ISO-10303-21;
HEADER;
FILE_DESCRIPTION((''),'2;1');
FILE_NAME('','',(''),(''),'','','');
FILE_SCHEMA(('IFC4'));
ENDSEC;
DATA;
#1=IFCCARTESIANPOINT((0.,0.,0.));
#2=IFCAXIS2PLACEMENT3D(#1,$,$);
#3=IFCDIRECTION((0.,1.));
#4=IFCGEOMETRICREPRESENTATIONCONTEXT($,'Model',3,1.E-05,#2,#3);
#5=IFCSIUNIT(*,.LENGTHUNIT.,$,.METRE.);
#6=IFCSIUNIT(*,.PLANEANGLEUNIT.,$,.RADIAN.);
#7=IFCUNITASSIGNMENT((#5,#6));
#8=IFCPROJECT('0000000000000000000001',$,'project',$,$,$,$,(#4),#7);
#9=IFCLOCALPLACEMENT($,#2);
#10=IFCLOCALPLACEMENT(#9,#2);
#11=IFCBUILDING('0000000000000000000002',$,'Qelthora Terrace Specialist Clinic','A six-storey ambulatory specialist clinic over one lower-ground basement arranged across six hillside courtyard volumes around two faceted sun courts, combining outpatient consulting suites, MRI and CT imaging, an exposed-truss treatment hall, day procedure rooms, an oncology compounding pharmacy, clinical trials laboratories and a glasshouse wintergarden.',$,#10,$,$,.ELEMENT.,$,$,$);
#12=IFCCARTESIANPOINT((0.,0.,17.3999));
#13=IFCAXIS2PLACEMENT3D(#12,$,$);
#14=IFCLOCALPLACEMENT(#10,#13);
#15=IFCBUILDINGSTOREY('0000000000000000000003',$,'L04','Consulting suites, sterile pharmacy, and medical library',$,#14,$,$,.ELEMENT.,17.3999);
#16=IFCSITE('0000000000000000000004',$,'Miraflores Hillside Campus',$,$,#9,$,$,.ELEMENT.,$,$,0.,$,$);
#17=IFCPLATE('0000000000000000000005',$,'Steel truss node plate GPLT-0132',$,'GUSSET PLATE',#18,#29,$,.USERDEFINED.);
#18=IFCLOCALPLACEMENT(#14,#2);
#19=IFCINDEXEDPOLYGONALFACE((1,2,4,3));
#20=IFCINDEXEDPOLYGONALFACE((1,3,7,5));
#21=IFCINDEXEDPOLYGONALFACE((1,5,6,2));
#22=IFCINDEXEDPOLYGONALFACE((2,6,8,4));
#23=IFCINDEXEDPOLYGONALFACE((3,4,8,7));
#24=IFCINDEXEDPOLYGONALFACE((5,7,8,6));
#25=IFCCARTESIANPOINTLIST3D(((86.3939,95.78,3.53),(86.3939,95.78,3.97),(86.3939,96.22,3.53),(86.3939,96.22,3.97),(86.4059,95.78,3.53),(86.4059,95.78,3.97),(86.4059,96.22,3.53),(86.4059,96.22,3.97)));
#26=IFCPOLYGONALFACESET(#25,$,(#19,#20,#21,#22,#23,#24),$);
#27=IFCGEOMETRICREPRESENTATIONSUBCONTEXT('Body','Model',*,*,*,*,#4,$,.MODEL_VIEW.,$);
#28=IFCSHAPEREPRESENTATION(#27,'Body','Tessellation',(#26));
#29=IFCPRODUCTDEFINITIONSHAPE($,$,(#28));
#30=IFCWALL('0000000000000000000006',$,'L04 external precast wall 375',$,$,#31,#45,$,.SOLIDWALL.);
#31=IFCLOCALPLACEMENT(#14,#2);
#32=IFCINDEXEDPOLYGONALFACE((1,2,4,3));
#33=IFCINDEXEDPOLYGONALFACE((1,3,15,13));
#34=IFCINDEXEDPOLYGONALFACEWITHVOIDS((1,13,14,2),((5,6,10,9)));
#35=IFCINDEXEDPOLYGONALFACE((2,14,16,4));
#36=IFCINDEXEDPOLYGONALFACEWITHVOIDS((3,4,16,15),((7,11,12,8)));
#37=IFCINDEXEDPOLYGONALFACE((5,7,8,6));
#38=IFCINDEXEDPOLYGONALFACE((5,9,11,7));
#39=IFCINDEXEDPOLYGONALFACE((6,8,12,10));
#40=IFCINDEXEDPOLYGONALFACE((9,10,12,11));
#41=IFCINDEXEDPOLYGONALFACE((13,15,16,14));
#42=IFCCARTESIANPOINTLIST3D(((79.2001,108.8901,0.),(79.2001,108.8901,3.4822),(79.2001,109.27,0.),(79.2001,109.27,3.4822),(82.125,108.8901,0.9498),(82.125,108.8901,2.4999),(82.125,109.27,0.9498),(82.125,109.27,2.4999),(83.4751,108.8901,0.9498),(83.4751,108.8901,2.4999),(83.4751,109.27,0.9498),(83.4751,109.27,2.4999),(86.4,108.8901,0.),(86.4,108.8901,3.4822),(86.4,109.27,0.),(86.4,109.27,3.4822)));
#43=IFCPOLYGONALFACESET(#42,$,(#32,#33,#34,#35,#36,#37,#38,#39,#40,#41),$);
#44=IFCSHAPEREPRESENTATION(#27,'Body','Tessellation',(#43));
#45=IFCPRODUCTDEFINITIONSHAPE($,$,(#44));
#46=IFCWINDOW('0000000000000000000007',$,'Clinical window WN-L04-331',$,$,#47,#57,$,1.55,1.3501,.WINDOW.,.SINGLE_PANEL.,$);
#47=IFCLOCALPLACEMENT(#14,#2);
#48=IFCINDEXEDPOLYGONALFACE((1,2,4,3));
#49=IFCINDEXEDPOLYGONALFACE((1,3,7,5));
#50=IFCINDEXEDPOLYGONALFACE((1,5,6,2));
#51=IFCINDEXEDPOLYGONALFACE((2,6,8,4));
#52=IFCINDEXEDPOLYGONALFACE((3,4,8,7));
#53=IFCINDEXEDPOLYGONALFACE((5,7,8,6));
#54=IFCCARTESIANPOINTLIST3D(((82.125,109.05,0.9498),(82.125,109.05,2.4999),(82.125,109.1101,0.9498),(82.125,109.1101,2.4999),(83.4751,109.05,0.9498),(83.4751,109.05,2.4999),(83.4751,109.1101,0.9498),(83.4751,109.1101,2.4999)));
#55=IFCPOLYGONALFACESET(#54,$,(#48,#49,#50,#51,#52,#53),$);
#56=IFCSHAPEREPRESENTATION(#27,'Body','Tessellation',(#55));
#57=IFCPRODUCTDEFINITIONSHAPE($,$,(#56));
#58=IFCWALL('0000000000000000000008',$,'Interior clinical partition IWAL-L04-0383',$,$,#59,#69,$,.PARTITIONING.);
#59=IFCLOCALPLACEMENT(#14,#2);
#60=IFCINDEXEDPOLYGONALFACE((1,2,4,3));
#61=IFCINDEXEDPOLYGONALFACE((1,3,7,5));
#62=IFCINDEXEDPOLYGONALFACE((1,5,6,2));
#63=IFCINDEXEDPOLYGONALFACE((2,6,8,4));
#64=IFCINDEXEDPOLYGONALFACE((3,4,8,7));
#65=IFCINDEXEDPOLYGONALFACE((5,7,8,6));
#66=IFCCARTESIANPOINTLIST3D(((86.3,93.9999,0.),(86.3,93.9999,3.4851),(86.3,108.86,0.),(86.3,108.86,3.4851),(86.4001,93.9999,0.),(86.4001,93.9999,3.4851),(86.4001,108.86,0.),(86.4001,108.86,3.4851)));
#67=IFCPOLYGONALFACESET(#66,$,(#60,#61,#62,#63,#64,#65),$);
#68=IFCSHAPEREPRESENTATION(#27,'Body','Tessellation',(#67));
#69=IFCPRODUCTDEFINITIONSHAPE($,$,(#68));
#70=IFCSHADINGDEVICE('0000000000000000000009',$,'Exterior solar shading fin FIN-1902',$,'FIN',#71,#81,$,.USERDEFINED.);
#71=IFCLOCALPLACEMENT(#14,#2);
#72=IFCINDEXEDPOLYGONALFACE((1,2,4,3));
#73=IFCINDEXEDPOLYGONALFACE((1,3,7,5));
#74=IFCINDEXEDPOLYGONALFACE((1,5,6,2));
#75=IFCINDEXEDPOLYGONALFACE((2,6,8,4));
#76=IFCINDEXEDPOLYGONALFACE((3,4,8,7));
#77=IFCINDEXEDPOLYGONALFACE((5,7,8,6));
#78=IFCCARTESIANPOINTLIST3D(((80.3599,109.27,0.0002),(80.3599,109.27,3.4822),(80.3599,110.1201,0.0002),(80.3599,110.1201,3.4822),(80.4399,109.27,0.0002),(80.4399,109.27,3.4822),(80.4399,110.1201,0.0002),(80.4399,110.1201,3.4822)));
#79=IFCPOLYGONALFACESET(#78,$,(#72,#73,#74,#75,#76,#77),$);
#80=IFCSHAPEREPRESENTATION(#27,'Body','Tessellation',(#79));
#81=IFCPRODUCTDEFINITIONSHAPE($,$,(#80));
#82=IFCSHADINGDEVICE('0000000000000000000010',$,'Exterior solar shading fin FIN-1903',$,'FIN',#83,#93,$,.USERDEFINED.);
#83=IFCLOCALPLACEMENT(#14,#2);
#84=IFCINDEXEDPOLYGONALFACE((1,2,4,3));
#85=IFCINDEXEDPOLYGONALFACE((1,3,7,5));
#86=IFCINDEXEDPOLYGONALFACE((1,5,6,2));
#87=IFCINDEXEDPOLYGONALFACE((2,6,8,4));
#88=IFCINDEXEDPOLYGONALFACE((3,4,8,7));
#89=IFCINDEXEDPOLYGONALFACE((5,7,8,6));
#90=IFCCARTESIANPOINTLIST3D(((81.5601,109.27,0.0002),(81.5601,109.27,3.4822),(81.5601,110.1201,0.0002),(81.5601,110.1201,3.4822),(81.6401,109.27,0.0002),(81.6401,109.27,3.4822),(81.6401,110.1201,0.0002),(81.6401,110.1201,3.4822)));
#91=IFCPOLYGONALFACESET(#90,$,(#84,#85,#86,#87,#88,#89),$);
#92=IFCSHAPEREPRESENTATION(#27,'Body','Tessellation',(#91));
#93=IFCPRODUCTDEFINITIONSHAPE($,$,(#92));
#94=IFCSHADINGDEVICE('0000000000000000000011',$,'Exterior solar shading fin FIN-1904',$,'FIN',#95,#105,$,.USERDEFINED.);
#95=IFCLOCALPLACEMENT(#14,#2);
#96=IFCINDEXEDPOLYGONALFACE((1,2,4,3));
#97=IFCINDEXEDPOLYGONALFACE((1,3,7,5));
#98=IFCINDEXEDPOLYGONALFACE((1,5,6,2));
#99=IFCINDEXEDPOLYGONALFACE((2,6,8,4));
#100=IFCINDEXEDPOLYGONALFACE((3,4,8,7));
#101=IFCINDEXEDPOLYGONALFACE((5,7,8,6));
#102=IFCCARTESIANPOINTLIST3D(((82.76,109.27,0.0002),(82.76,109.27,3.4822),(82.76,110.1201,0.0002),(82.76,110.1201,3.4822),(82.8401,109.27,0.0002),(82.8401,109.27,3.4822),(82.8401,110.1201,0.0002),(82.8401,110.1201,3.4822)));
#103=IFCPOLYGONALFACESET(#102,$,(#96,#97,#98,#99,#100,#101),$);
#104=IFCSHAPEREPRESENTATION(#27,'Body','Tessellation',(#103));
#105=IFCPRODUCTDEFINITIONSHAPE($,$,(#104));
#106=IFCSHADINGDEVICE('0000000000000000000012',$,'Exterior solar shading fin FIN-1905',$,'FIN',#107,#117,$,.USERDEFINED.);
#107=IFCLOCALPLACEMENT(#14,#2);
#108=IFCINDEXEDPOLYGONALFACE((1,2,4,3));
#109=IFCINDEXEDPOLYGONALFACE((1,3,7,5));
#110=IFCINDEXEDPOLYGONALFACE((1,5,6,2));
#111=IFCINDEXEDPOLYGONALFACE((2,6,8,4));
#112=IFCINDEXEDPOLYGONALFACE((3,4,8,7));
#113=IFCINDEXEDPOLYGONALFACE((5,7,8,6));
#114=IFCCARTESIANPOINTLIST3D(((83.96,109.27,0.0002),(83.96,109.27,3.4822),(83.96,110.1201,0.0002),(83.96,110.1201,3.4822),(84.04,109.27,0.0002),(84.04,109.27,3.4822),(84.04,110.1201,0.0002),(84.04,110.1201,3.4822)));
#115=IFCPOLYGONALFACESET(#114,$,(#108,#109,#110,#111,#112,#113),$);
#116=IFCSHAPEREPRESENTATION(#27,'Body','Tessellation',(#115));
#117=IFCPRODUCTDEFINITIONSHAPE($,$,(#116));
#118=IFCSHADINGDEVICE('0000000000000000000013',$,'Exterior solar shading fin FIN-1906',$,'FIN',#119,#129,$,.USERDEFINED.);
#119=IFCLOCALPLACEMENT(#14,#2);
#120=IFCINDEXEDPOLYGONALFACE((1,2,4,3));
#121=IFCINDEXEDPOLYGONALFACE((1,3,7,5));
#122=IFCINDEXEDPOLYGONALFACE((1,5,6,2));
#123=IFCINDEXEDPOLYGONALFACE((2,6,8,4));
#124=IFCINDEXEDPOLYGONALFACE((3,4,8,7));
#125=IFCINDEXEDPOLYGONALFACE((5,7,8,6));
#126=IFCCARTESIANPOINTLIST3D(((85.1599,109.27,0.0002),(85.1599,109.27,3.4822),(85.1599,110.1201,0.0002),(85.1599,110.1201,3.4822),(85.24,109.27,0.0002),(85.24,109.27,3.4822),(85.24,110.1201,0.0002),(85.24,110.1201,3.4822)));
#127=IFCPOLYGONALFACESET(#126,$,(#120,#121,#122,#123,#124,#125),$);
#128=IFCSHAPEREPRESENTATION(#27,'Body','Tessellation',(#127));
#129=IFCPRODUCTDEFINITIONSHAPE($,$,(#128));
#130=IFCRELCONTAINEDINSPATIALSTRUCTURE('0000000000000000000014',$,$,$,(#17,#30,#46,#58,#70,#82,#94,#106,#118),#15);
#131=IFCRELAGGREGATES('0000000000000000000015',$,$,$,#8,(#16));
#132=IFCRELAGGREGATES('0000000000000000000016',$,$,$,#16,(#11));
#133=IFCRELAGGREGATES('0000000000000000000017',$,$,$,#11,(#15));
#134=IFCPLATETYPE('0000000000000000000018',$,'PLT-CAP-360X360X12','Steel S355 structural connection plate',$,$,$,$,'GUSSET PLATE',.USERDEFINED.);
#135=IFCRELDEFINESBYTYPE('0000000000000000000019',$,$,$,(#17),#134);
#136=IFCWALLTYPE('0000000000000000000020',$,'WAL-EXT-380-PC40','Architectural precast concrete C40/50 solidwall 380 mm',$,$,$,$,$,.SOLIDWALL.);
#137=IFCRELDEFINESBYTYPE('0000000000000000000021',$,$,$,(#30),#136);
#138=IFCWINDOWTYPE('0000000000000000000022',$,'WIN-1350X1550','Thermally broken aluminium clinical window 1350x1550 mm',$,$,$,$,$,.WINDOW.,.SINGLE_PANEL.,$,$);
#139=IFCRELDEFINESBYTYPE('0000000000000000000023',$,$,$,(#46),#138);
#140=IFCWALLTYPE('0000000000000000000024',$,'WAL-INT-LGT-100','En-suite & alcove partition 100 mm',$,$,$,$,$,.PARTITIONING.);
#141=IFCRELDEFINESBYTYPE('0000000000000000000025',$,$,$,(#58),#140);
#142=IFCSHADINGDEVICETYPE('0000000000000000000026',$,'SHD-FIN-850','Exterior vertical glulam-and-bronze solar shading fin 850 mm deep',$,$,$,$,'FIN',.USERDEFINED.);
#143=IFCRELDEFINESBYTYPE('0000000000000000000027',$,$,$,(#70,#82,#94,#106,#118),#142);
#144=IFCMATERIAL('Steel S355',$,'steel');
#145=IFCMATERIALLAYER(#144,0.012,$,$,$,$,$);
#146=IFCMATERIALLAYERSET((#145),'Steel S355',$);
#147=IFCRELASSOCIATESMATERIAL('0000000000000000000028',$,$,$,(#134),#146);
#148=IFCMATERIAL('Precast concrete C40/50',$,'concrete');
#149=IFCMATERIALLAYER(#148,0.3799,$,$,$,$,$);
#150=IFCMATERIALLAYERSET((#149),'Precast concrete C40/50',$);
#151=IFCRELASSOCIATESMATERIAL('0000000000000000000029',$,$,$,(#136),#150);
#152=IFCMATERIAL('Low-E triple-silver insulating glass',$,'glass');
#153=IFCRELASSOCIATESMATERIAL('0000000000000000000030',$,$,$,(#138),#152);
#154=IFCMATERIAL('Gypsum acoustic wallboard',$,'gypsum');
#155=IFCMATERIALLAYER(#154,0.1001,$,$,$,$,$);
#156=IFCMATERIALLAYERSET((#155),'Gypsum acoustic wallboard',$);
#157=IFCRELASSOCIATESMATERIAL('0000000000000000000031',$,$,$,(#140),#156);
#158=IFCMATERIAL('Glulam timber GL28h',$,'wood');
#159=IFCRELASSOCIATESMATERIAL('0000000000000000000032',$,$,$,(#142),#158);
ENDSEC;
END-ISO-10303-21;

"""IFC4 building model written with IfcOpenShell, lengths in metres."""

from ifc_helpers import new_model, si_unit, direction, frame, frame_2d, origin, origin_2d, place, context, subcontext, project, spatial, rectangle, extrude, material, layer, layer_set, type_object, element, fill, save


model = new_model("IFC4")

# Units and contexts
model_context = context("Model", 3, precision=1e-05, world=origin(), true_north=direction((0.0, 1.0)))
body_context = subcontext(model_context, "Body", "Model", "MODEL_VIEW")
ifc_project = project(units=[si_unit("LENGTHUNIT", "METRE"), si_unit("PLANEANGLEUNIT", "RADIAN")], contexts=[model_context])

# Site, building, storey
site_placement = place(None, origin())
site = spatial("IfcSite", under=ifc_project, at=site_placement, Name="Miraflores Hillside Campus", CompositionType="ELEMENT", RefElevation=0.0)
building_placement = place(site_placement, origin())
building = spatial("IfcBuilding", under=site, at=building_placement, Name="Qelthora Terrace Specialist Clinic", Description="A six-storey ambulatory specialist clinic over one lower-ground basement arranged across six hillside courtyard volumes around two faceted sun courts, combining outpatient consulting suites, MRI and CT imaging, an exposed-truss treatment hall, day procedure rooms, an oncology compounding pharmacy, clinical trials laboratories and a glasshouse wintergarden.", CompositionType="ELEMENT")
storey_placement = place(building_placement, frame((0.0, 0.0, 17.3999)))
storey = spatial("IfcBuildingStorey", under=building, at=storey_placement, Name="L04", Description="Consulting suites, sterile pharmacy, and medical library", CompositionType="ELEMENT", Elevation=17.3999)

# Shared definitions
ifc_material_1 = material(Name="Steel S355", Category="steel")

# Plate
ifc_layer_1 = layer(ifc_material_1, 0.012)
ifc_layer_set_1 = layer_set([ifc_layer_1], Name="Steel S355")
plate_type = type_object("IfcPlateType", Name="PLT-CAP-360X360X12", Description="Steel S355 structural connection plate", ElementType="GUSSET PLATE", PredefinedType="USERDEFINED", material=ifc_layer_set_1)
for number, where, z_axis, x_axis, name in (
    (1, (86.3999, 96.0, 3.53), (0.0, 0.0, 1.0), (1.0, 0.0, 0.0), "Steel truss node plate GPLT-0132"),
):
    element("IfcPlate", number, at=place(storey_placement, frame(where, z_axis=z_axis, x_axis=x_axis)), inside=storey, type_object=plate_type, Name=name, ObjectType="GUSSET PLATE", PredefinedType="USERDEFINED", context=body_context, shape_type="SweptSolid", body=[
        extrude(rectangle(XDim=0.012, YDim=0.4399, at=origin_2d()), origin(), (0.0, 0.0, 1.0), 0.4399),
    ])

# Wall, opening, window
ifc_material_2 = material(Name="Precast concrete C40/50", Category="concrete")
ifc_layer_2 = layer(ifc_material_2, 0.3799)
ifc_layer_set_2 = layer_set([ifc_layer_2], Name="Precast concrete C40/50")
wall_type_1 = type_object("IfcWallType", Name="WAL-EXT-380-PC40", Description="Architectural precast concrete C40/50 solidwall 380 mm", PredefinedType="SOLIDWALL", material=ifc_layer_set_2)
wall_1_placement = place(storey_placement, frame((79.2, 109.0801, 0.0), z_axis=(0.0, 0.0, 1.0), x_axis=(1.0, 0.0, 0.0)))
wall_1 = element("IfcWall", 2, at=wall_1_placement, inside=storey, type_object=wall_type_1, Name="L04 external precast wall 375", PredefinedType="SOLIDWALL", context=body_context, shape_type="SweptSolid", body=[
    extrude(rectangle(XDim=7.2, YDim=0.3799, at=frame_2d((3.6001, 0.0))), origin(), (0.0, 0.0, 1.0), 3.4822),
])
opening_placement = place(wall_1_placement, frame((2.925, 0.0, 0.95)))
opening = element("IfcOpeningElement", 3, at=opening_placement, cuts=wall_1, PredefinedType="OPENING", context=body_context, shape_type="SweptSolid", body=[
    extrude(rectangle(XDim=1.3501, YDim=1.55, at=frame_2d((0.675, 0.7749))), frame((0.0, 0.2, 0.0), z_axis=(0.0, -1.0, 0.0), x_axis=(1.0, 0.0, 0.0)), (0.0, 0.0, 1.0), 0.3999),
])
ifc_material_3 = material(Name="Low-E triple-silver insulating glass", Category="glass")
window_type = type_object("IfcWindowType", Name="WIN-1350X1550", Description="Thermally broken aluminium clinical window 1350x1550 mm", PartitioningType="SINGLE_PANEL", PredefinedType="WINDOW", material=ifc_material_3)
window_placement = place(opening_placement, origin())
window = element("IfcWindow", 4, at=window_placement, inside=storey, type_object=window_type, Name="Clinical window WN-L04-331", OverallHeight=1.55, OverallWidth=1.3501, PartitioningType="SINGLE_PANEL", PredefinedType="WINDOW", context=body_context, shape_type="SweptSolid", body=[
    extrude(rectangle(XDim=1.3501, YDim=1.55, at=frame_2d((0.675, 0.7749))), frame((0.0, 0.03, 0.0), z_axis=(0.0, -1.0, 0.0), x_axis=(1.0, 0.0, 0.0)), (0.0, 0.0, 1.0), 0.0601),
])
fill(opening, window)

# Wall
ifc_material_4 = material(Name="Gypsum acoustic wallboard", Category="gypsum")
ifc_layer_3 = layer(ifc_material_4, 0.1001)
ifc_layer_set_3 = layer_set([ifc_layer_3], Name="Gypsum acoustic wallboard")
wall_type_2 = type_object("IfcWallType", Name="WAL-INT-LGT-100", Description="En-suite & alcove partition 100 mm", PredefinedType="PARTITIONING", material=ifc_layer_set_3)
wall_2_placement = place(storey_placement, frame((86.3501, 108.8601, 0.0), z_axis=(0.0, 0.0, 1.0), x_axis=(0.0, -1.0, 0.0)))
element("IfcWall", 5, at=wall_2_placement, inside=storey, type_object=wall_type_2, Name="Interior clinical partition IWAL-L04-0383", PredefinedType="PARTITIONING", context=body_context, shape_type="SweptSolid", body=[
    extrude(rectangle(XDim=14.8601, YDim=0.1001, at=frame_2d((7.4302, 0.0))), origin(), (0.0, 0.0, 1.0), 3.4851),
])

# Shading devices
ifc_material_5 = material(Name="Glulam timber GL28h", Category="wood")
shading_device_type = type_object("IfcShadingDeviceType", Name="SHD-FIN-850", Description="Exterior vertical glulam-and-bronze solar shading fin 850 mm deep", ElementType="FIN", PredefinedType="USERDEFINED", material=ifc_material_5)
for number, where, z_axis, x_axis, name in (
    (6, (80.3999, 109.6951, 0.0002), (0.0, 0.0, 1.0), (0.0, 1.0, 0.0), "Exterior solar shading fin FIN-1902"),
    (7, (81.6001, 109.6951, 0.0002), (0.0, 0.0, 1.0), (0.0, 1.0, 0.0), "Exterior solar shading fin FIN-1903"),
    (8, (82.8, 109.6951, 0.0002), (0.0, 0.0, 1.0), (0.0, 1.0, 0.0), "Exterior solar shading fin FIN-1904"),
    (9, (84.0, 109.6951, 0.0002), (0.0, 0.0, 1.0), (0.0, 1.0, 0.0), "Exterior solar shading fin FIN-1905"),
    (10, (85.2, 109.6951, 0.0002), (0.0, 0.0, 1.0), (0.0, 1.0, 0.0), "Exterior solar shading fin FIN-1906"),
):
    element("IfcShadingDevice", number, at=place(storey_placement, frame(where, z_axis=z_axis, x_axis=x_axis)), inside=storey, type_object=shading_device_type, Name=name, ObjectType="FIN", PredefinedType="USERDEFINED", context=body_context, shape_type="SweptSolid", body=[
        extrude(rectangle(XDim=0.8501, YDim=0.0801, at=origin_2d()), origin(), (0.0, 0.0, 1.0), 3.4819),
    ])

save(model, "model.ifc")
